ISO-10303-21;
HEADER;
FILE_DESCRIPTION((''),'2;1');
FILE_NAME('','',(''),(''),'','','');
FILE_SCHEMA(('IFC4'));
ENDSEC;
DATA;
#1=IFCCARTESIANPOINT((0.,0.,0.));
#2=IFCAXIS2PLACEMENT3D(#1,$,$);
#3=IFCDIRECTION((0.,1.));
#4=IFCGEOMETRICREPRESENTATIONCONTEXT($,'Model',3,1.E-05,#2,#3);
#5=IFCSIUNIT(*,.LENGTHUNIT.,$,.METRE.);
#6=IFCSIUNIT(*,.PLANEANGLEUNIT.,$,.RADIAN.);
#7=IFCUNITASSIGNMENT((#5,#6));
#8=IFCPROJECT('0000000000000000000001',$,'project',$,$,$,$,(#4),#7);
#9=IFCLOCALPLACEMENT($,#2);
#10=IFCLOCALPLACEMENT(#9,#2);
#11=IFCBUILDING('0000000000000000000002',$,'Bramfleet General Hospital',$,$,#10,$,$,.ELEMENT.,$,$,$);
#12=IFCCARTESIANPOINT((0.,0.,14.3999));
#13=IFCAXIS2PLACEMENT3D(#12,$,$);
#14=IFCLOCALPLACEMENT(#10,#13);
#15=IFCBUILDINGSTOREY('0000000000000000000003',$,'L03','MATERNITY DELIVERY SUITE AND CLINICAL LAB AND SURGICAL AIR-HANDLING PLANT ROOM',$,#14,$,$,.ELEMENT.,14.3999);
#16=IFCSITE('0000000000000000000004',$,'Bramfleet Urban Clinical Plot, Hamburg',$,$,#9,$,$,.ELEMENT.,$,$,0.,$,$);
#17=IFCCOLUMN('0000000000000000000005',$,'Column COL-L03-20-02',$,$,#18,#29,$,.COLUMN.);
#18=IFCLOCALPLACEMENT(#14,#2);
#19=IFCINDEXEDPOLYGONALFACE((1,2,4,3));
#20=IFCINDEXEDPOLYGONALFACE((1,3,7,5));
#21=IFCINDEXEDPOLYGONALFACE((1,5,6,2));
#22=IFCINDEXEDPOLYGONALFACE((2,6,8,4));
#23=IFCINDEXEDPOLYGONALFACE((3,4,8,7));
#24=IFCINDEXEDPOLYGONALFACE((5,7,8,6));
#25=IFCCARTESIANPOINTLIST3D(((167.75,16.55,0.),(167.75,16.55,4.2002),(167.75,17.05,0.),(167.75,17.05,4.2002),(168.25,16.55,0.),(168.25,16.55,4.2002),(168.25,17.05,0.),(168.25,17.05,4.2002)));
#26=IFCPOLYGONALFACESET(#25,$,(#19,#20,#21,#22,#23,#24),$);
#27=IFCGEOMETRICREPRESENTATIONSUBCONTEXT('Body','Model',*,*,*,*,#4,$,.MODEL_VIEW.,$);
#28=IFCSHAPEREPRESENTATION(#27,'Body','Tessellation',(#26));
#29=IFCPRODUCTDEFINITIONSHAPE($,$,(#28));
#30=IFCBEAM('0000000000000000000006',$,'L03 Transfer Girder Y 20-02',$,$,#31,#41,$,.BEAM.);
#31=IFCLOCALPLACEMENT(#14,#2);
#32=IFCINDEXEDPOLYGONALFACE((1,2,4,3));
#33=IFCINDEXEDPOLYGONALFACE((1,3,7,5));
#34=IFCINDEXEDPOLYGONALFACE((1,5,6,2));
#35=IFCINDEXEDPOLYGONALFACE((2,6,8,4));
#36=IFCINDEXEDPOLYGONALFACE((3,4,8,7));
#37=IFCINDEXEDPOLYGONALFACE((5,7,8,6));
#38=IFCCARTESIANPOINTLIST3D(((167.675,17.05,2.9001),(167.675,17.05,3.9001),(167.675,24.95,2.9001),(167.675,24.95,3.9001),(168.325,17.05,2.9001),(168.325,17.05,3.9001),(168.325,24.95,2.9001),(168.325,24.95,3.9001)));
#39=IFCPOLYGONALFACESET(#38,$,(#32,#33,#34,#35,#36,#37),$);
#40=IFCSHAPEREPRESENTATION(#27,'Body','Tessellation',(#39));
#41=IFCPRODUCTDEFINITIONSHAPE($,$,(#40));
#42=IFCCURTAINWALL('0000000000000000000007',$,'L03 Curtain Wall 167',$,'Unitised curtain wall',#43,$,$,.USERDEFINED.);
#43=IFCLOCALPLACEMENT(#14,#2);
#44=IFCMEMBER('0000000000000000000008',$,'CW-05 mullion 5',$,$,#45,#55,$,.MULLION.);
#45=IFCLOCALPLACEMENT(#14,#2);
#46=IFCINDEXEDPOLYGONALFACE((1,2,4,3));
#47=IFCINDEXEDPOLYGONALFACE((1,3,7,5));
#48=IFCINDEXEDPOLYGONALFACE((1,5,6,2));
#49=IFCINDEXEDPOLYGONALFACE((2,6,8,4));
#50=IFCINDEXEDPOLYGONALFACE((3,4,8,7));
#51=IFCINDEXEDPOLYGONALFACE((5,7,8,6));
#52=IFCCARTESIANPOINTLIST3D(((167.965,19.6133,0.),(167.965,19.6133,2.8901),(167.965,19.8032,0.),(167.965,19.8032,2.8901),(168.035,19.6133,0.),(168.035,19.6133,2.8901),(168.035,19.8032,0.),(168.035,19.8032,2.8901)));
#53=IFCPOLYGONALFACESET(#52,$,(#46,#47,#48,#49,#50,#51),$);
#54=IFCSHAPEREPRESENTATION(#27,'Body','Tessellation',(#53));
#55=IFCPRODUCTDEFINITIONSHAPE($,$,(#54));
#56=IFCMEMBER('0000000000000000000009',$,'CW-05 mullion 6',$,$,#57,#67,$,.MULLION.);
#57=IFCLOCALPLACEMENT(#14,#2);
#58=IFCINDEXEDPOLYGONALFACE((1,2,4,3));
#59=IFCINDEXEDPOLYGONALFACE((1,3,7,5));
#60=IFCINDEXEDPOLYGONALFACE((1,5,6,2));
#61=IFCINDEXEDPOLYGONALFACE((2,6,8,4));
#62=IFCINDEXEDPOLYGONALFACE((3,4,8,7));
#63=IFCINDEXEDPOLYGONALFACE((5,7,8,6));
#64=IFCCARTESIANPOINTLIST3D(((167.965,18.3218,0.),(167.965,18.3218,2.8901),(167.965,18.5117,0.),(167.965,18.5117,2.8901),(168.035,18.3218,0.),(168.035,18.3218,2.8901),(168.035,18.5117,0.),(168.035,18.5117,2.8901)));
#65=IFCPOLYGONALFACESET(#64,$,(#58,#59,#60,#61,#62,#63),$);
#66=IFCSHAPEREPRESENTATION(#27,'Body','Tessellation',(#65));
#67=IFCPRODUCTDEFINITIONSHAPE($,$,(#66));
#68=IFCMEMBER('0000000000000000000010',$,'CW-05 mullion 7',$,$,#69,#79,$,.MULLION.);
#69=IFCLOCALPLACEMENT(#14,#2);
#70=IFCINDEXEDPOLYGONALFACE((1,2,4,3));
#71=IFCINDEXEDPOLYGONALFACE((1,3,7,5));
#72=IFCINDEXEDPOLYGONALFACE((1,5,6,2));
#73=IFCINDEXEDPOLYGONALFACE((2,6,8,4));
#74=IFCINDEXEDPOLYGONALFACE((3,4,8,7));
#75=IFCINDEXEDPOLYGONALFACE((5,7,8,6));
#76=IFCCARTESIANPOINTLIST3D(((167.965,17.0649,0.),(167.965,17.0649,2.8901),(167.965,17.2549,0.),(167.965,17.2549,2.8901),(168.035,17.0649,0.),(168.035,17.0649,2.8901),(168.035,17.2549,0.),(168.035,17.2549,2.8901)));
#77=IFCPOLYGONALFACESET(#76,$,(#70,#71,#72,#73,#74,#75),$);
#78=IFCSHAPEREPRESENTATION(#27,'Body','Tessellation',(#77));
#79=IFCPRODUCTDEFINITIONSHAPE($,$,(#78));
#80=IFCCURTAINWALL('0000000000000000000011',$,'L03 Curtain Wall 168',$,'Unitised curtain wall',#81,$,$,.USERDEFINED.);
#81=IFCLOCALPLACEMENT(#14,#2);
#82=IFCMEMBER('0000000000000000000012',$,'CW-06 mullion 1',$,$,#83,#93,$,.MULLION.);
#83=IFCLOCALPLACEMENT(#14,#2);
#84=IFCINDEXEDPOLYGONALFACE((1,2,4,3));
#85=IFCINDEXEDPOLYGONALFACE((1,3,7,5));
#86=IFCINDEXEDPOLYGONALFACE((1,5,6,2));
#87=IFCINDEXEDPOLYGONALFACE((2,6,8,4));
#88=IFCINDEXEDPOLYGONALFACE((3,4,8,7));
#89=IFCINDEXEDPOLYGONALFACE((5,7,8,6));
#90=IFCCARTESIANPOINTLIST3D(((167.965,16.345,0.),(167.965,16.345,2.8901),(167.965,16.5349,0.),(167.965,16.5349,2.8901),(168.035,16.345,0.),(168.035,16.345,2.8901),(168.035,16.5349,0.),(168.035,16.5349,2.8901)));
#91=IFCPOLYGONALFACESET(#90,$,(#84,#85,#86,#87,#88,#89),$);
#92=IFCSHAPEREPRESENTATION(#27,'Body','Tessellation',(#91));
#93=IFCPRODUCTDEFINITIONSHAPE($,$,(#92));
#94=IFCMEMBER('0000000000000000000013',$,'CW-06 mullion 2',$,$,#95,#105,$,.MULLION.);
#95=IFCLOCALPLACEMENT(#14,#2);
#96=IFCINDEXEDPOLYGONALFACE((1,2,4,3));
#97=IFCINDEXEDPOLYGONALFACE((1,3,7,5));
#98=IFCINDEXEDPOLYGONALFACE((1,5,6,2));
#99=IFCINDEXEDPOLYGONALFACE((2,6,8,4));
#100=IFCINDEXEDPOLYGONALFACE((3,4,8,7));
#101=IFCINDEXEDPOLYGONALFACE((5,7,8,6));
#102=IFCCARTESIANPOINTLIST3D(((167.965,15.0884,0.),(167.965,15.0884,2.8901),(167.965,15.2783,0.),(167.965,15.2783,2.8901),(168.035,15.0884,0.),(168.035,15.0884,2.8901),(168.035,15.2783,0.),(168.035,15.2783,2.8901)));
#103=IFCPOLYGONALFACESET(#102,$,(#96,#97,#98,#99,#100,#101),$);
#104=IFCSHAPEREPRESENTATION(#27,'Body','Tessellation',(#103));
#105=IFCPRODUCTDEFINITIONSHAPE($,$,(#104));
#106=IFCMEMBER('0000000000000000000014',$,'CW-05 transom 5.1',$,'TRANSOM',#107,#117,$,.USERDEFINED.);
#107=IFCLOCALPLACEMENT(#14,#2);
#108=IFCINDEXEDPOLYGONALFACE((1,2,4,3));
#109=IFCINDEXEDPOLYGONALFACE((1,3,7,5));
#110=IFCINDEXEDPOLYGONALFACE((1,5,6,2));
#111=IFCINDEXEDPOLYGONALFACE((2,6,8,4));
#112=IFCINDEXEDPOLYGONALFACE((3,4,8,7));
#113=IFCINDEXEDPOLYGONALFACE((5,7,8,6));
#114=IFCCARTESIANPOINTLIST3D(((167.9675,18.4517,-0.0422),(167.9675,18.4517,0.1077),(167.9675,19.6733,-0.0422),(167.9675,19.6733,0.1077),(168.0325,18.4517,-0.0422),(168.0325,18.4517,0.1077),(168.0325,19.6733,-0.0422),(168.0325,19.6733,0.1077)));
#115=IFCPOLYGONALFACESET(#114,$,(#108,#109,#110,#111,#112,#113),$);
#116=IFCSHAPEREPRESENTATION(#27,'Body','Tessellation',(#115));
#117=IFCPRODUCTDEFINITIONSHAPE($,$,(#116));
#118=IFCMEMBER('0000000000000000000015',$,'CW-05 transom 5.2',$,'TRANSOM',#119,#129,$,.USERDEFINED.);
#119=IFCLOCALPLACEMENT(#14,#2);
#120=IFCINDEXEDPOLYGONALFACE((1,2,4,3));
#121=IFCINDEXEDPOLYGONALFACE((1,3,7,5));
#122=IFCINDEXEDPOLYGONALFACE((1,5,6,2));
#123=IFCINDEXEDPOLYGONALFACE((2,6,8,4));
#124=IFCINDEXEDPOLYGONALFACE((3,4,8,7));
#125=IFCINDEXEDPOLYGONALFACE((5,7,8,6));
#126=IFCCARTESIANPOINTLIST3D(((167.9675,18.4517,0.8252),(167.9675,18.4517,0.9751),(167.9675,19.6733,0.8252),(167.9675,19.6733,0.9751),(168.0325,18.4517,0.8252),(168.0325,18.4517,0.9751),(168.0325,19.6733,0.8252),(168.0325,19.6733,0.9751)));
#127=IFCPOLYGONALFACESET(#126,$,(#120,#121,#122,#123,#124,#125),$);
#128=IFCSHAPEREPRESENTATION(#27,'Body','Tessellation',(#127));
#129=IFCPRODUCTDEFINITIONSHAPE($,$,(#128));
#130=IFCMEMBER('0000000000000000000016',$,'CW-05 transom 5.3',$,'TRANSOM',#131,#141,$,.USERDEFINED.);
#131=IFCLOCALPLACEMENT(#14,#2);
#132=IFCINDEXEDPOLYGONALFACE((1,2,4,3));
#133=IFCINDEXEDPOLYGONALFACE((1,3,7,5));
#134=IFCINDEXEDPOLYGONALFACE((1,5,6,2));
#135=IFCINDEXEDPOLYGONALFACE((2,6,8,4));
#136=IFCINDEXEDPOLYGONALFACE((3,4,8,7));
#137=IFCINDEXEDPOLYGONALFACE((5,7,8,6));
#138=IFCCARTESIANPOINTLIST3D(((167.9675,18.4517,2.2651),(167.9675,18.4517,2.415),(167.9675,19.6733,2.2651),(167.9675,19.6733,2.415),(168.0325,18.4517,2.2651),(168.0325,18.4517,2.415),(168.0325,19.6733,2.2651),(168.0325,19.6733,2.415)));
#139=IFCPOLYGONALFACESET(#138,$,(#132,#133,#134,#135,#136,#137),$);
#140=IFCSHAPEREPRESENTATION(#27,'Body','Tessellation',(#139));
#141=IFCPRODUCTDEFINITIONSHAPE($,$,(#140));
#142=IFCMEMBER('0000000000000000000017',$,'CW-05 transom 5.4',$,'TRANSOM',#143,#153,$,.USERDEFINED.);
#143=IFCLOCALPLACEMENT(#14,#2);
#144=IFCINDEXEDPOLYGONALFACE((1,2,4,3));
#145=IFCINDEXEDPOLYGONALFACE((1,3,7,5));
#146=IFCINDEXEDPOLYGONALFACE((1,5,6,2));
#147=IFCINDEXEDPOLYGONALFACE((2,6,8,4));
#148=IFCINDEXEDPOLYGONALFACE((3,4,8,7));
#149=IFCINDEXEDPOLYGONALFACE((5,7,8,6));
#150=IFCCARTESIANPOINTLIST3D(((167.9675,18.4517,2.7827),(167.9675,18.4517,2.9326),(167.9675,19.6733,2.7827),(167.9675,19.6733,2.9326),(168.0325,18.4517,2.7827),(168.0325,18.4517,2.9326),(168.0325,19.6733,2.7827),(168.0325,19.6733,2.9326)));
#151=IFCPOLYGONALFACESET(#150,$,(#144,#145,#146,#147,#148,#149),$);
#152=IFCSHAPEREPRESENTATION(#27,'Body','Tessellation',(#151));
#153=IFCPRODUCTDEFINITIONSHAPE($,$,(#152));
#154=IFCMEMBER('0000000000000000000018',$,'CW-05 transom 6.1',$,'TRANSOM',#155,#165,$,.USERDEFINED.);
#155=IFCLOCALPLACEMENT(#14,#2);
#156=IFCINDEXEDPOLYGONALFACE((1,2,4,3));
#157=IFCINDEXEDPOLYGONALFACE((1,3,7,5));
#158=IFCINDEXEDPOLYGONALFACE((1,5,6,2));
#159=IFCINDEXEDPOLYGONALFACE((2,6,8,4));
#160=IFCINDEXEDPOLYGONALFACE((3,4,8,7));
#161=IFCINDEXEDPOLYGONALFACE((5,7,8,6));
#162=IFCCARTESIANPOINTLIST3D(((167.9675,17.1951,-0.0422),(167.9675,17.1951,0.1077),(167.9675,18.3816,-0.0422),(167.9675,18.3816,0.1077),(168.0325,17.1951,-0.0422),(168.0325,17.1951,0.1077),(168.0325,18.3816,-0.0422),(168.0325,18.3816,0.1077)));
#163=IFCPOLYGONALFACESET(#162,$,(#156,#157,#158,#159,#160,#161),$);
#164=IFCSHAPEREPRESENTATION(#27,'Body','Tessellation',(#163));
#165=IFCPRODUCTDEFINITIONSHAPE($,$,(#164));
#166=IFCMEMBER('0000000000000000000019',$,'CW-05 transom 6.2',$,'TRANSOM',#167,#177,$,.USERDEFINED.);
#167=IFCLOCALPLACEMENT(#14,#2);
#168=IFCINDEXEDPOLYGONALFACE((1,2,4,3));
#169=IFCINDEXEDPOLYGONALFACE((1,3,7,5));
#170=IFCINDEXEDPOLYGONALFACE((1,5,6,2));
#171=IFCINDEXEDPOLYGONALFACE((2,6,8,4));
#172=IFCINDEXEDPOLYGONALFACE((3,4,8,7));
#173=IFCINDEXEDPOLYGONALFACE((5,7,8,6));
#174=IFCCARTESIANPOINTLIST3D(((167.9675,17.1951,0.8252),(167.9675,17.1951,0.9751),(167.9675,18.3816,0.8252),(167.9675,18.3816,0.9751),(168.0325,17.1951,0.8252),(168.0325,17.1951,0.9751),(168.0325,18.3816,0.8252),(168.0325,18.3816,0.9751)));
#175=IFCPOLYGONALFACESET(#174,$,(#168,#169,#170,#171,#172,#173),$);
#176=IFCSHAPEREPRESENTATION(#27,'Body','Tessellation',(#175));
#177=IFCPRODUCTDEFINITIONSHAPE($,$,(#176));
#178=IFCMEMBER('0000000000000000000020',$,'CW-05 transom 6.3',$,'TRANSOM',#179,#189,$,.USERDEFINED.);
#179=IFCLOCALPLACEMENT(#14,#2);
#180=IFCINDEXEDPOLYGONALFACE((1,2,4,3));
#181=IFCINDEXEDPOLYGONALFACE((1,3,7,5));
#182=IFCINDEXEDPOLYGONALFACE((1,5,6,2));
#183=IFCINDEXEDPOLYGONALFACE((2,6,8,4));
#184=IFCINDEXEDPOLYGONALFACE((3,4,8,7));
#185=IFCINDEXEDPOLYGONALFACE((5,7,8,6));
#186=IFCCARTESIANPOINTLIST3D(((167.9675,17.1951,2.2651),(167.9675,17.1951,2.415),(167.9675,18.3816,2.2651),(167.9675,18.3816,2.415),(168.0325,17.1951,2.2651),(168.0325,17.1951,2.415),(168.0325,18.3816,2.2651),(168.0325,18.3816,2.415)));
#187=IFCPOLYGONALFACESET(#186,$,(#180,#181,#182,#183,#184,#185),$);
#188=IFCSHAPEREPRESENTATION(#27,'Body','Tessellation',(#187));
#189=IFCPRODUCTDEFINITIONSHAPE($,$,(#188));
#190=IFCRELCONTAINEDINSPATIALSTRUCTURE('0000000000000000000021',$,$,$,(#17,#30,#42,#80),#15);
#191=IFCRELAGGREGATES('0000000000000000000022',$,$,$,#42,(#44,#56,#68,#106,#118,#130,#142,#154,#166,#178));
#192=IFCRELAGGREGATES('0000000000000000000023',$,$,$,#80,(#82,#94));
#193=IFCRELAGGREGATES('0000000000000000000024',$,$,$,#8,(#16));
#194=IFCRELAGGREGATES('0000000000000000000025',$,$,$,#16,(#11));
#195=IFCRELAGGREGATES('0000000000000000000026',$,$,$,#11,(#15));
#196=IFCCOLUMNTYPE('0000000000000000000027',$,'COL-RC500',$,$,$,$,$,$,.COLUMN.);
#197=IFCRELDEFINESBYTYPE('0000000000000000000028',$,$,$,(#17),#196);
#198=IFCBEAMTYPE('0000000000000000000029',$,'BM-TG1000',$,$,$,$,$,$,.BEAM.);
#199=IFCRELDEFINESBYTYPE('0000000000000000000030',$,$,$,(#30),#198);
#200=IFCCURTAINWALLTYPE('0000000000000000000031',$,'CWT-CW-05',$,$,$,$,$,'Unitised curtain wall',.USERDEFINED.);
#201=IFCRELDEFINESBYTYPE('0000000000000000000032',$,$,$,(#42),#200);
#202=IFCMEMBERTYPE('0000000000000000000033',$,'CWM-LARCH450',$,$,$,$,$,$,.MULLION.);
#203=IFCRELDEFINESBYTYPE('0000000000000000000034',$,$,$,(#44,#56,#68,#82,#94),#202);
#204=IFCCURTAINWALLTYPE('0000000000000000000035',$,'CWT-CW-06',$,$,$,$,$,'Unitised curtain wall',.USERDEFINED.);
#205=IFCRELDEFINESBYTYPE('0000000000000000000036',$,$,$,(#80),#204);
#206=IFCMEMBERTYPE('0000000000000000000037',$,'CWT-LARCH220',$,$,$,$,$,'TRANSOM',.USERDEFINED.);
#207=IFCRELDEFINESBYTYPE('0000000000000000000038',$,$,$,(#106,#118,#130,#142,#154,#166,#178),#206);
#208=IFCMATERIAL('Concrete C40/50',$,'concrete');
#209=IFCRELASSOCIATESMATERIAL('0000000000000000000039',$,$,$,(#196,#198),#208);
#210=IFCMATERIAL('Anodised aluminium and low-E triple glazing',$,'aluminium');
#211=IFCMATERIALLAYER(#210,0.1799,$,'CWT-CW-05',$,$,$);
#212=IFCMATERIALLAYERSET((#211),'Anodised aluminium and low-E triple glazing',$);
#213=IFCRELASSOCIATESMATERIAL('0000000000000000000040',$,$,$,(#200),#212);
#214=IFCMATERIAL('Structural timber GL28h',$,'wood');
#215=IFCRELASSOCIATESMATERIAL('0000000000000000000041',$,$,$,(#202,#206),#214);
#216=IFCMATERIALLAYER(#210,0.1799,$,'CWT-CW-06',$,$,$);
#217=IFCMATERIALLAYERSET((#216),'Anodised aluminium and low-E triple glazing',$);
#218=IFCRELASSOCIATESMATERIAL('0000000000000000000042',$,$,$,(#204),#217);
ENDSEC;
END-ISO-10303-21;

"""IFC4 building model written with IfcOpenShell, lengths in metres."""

from ifc_helpers import new_model, si_unit, direction, frame, origin, origin_2d, place, context, subcontext, project, spatial, rectangle, extrude, material, layer, layer_set, material_profile, profile_set, type_object, element, aggregate, save


model = new_model("IFC4")

# Units and contexts
model_context = context("Model", 3, precision=1e-05, world=origin(), true_north=direction((0.0, 1.0)))
body_context = subcontext(model_context, "Body", "Model", "MODEL_VIEW")
ifc_project = project(units=[si_unit("LENGTHUNIT", "METRE"), si_unit("PLANEANGLEUNIT", "RADIAN")], contexts=[model_context])

# Site, building, storey
site_placement = place(None, origin())
site = spatial("IfcSite", under=ifc_project, at=site_placement, Name="Bramfleet Urban Clinical Plot, Hamburg", CompositionType="ELEMENT", RefElevation=0.0)
building_placement = place(site_placement, origin())
building = spatial("IfcBuilding", under=site, at=building_placement, Name="Bramfleet General Hospital", CompositionType="ELEMENT")
storey_placement = place(building_placement, frame((0.0, 0.0, 14.3999)))
storey = spatial("IfcBuildingStorey", under=building, at=storey_placement, Name="L03", Description="MATERNITY DELIVERY SUITE AND CLINICAL LAB AND SURGICAL AIR-HANDLING PLANT ROOM", CompositionType="ELEMENT", Elevation=14.3999)

# Column
ifc_material_1 = material(Name="Concrete C40/50", Category="concrete")
ifc_material_profile_1 = material_profile(ifc_material_1, rectangle(XDim=0.5, YDim=0.5, at=origin_2d()), Name="RC COL 500x500")
ifc_profile_set_1 = profile_set([ifc_material_profile_1], Name="Concrete C40/50")
column_type = type_object("IfcColumnType", Name="COL-RC500", PredefinedType="COLUMN", material=ifc_profile_set_1)
column_placement = place(storey_placement, frame((168.0, 16.8, 0.0), z_axis=(0.0, 0.0, 1.0), x_axis=(1.0, 0.0, 0.0)))
element("IfcColumn", 1, at=column_placement, inside=storey, type_object=column_type, Name="Column COL-L03-20-02", PredefinedType="COLUMN", context=body_context, shape_type="SweptSolid", body=[
    extrude(rectangle(XDim=0.5, YDim=0.5, at=origin_2d()), origin(), (0.0, 0.0, 1.0), 4.2002),
])

# Beam
ifc_material_profile_2 = material_profile(ifc_material_1, rectangle(XDim=0.6499, YDim=1.0, at=origin_2d()), Name="RC TG 1000x650")
ifc_profile_set_2 = profile_set([ifc_material_profile_2], Name="Concrete C40/50")
beam_type = type_object("IfcBeamType", Name="BM-TG1000", PredefinedType="BEAM", material=ifc_profile_set_2)
beam_placement = place(storey_placement, frame((168.0, 17.05, 3.4001), z_axis=(0.0, 1.0, 0.0), x_axis=(-1.0, 0.0, 0.0)))
element("IfcBeam", 2, at=beam_placement, inside=storey, type_object=beam_type, Name="L03 Transfer Girder Y 20-02", PredefinedType="BEAM", context=body_context, shape_type="SweptSolid", body=[
    extrude(rectangle(XDim=0.6499, YDim=1.0, at=origin_2d()), origin(), (0.0, 0.0, 1.0), 7.8999),
])

# Curtain walls, members
ifc_material_2 = material(Name="Anodised aluminium and low-E triple glazing", Category="aluminium")
ifc_layer_1 = layer(ifc_material_2, 0.1799, Name="CWT-CW-05")
ifc_layer_set_1 = layer_set([ifc_layer_1], Name="Anodised aluminium and low-E triple glazing")
curtain_wall_type_1 = type_object("IfcCurtainWallType", Name="CWT-CW-05", ElementType="Unitised curtain wall", PredefinedType="USERDEFINED", material=ifc_layer_set_1)
curtain_wall_1_placement = place(storey_placement, origin())
curtain_wall_1 = element("IfcCurtainWall", 3, at=curtain_wall_1_placement, inside=storey, type_object=curtain_wall_type_1, Name="L03 Curtain Wall 167", ObjectType="Unitised curtain wall", PredefinedType="USERDEFINED")
ifc_material_3 = material(Name="Structural timber GL28h", Category="wood")
ifc_material_profile_3 = material_profile(ifc_material_3, rectangle(XDim=0.0701, YDim=0.1899, at=origin_2d()), Name="LARCH 190x70")
ifc_profile_set_3 = profile_set([ifc_material_profile_3], Name="Structural timber GL28h")
member_type_1 = type_object("IfcMemberType", Name="CWM-LARCH450", PredefinedType="MULLION", material=ifc_profile_set_3)
member_1_placement = place(storey_placement, frame((168.0, 19.7083, 0.0), z_axis=(0.0, 0.0, 1.0), x_axis=(1.0, 0.0, 0.0)))
member_1 = element("IfcMember", 4, at=member_1_placement, type_object=member_type_1, Name="CW-05 mullion 5", PredefinedType="MULLION", context=body_context, shape_type="SweptSolid", body=[
    extrude(rectangle(XDim=0.0701, YDim=0.1899, at=origin_2d()), origin(), (0.0, 0.0, 1.0), 2.8901),
])
member_2_placement = place(storey_placement, frame((168.0, 18.4167, 0.0), z_axis=(0.0, 0.0, 1.0), x_axis=(1.0, 0.0, 0.0)))
member_2 = element("IfcMember", 5, at=member_2_placement, type_object=member_type_1, Name="CW-05 mullion 6", PredefinedType="MULLION", context=body_context, shape_type="SweptSolid", body=[
    extrude(rectangle(XDim=0.0701, YDim=0.1899, at=origin_2d()), origin(), (0.0, 0.0, 1.0), 2.8901),
])
member_3_placement = place(storey_placement, frame((168.0, 17.1599, 0.0), z_axis=(0.0, 0.0, 1.0), x_axis=(1.0, 0.0, 0.0)))
member_3 = element("IfcMember", 6, at=member_3_placement, type_object=member_type_1, Name="CW-05 mullion 7", PredefinedType="MULLION", context=body_context, shape_type="SweptSolid", body=[
    extrude(rectangle(XDim=0.0701, YDim=0.1899, at=origin_2d()), origin(), (0.0, 0.0, 1.0), 2.8901),
])
ifc_layer_2 = layer(ifc_material_2, 0.1799, Name="CWT-CW-06")
ifc_layer_set_2 = layer_set([ifc_layer_2], Name="Anodised aluminium and low-E triple glazing")
curtain_wall_type_2 = type_object("IfcCurtainWallType", Name="CWT-CW-06", ElementType="Unitised curtain wall", PredefinedType="USERDEFINED", material=ifc_layer_set_2)
curtain_wall_2_placement = place(storey_placement, origin())
curtain_wall_2 = element("IfcCurtainWall", 7, at=curtain_wall_2_placement, inside=storey, type_object=curtain_wall_type_2, Name="L03 Curtain Wall 168", ObjectType="Unitised curtain wall", PredefinedType="USERDEFINED")
member_4_placement = place(storey_placement, frame((168.0, 16.4399, 0.0), z_axis=(0.0, 0.0, 1.0), x_axis=(1.0, 0.0, 0.0)))
member_4 = element("IfcMember", 8, at=member_4_placement, type_object=member_type_1, Name="CW-06 mullion 1", PredefinedType="MULLION", context=body_context, shape_type="SweptSolid", body=[
    extrude(rectangle(XDim=0.0701, YDim=0.1899, at=origin_2d()), origin(), (0.0, 0.0, 1.0), 2.8901),
])
member_5_placement = place(storey_placement, frame((168.0, 15.1833, 0.0), z_axis=(0.0, 0.0, 1.0), x_axis=(1.0, 0.0, 0.0)))
member_5 = element("IfcMember", 9, at=member_5_placement, type_object=member_type_1, Name="CW-06 mullion 2", PredefinedType="MULLION", context=body_context, shape_type="SweptSolid", body=[
    extrude(rectangle(XDim=0.0701, YDim=0.1899, at=origin_2d()), origin(), (0.0, 0.0, 1.0), 2.8901),
])

# Members
ifc_material_profile_4 = material_profile(ifc_material_3, rectangle(XDim=0.0649, YDim=0.1499, at=origin_2d()), Name="LARCH 150x65")
ifc_profile_set_4 = profile_set([ifc_material_profile_4], Name="Structural timber GL28h")
member_type_2 = type_object("IfcMemberType", Name="CWT-LARCH220", ElementType="TRANSOM", PredefinedType="USERDEFINED", material=ifc_profile_set_4)
member_6_placement = place(storey_placement, frame((168.0, 19.6733, 0.0327), z_axis=(0.0, -1.0, 0.0), x_axis=(1.0, 0.0, 0.0)))
member_6 = element("IfcMember", 10, at=member_6_placement, type_object=member_type_2, Name="CW-05 transom 5.1", ObjectType="TRANSOM", PredefinedType="USERDEFINED", context=body_context, shape_type="SweptSolid", body=[
    extrude(rectangle(XDim=0.0649, YDim=0.1499, at=origin_2d()), origin(), (0.0, 0.0, 1.0), 1.2217),
])
member_7_placement = place(storey_placement, frame((168.0, 19.6733, 0.9001), z_axis=(0.0, -1.0, 0.0), x_axis=(1.0, 0.0, 0.0)))
member_7 = element("IfcMember", 11, at=member_7_placement, type_object=member_type_2, Name="CW-05 transom 5.2", ObjectType="TRANSOM", PredefinedType="USERDEFINED", context=body_context, shape_type="SweptSolid", body=[
    extrude(rectangle(XDim=0.0649, YDim=0.1499, at=origin_2d()), origin(), (0.0, 0.0, 1.0), 1.2217),
])
member_8_placement = place(storey_placement, frame((168.0, 19.6733, 2.3401), z_axis=(0.0, -1.0, 0.0), x_axis=(1.0, 0.0, 0.0)))
member_8 = element("IfcMember", 12, at=member_8_placement, type_object=member_type_2, Name="CW-05 transom 5.3", ObjectType="TRANSOM", PredefinedType="USERDEFINED", context=body_context, shape_type="SweptSolid", body=[
    extrude(rectangle(XDim=0.0649, YDim=0.1499, at=origin_2d()), origin(), (0.0, 0.0, 1.0), 1.2217),
])
member_9_placement = place(storey_placement, frame((168.0, 19.6733, 2.8577), z_axis=(0.0, -1.0, 0.0), x_axis=(1.0, 0.0, 0.0)))
member_9 = element("IfcMember", 13, at=member_9_placement, type_object=member_type_2, Name="CW-05 transom 5.4", ObjectType="TRANSOM", PredefinedType="USERDEFINED", context=body_context, shape_type="SweptSolid", body=[
    extrude(rectangle(XDim=0.0649, YDim=0.1499, at=origin_2d()), origin(), (0.0, 0.0, 1.0), 1.2217),
])
member_10_placement = place(storey_placement, frame((168.0, 18.3816, 0.0327), z_axis=(0.0, -1.0, 0.0), x_axis=(1.0, 0.0, 0.0)))
member_10 = element("IfcMember", 14, at=member_10_placement, type_object=member_type_2, Name="CW-05 transom 6.1", ObjectType="TRANSOM", PredefinedType="USERDEFINED", context=body_context, shape_type="SweptSolid", body=[
    extrude(rectangle(XDim=0.0649, YDim=0.1499, at=origin_2d()), origin(), (0.0, 0.0, 1.0), 1.1865),
])
member_11_placement = place(storey_placement, frame((168.0, 18.3816, 0.9001), z_axis=(0.0, -1.0, 0.0), x_axis=(1.0, 0.0, 0.0)))
member_11 = element("IfcMember", 15, at=member_11_placement, type_object=member_type_2, Name="CW-05 transom 6.2", ObjectType="TRANSOM", PredefinedType="USERDEFINED", context=body_context, shape_type="SweptSolid", body=[
    extrude(rectangle(XDim=0.0649, YDim=0.1499, at=origin_2d()), origin(), (0.0, 0.0, 1.0), 1.1865),
])
member_12_placement = place(storey_placement, frame((168.0, 18.3816, 2.3401), z_axis=(0.0, -1.0, 0.0), x_axis=(1.0, 0.0, 0.0)))
member_12 = element("IfcMember", 16, at=member_12_placement, type_object=member_type_2, Name="CW-05 transom 6.3", ObjectType="TRANSOM", PredefinedType="USERDEFINED", context=body_context, shape_type="SweptSolid", body=[
    extrude(rectangle(XDim=0.0649, YDim=0.1499, at=origin_2d()), origin(), (0.0, 0.0, 1.0), 1.1865),
])

aggregate(curtain_wall_1, [member_1, member_2, member_3, member_6, member_7, member_8, member_9, member_10, member_11, member_12])
aggregate(curtain_wall_2, [member_4, member_5])

save(model, "model.ifc")
